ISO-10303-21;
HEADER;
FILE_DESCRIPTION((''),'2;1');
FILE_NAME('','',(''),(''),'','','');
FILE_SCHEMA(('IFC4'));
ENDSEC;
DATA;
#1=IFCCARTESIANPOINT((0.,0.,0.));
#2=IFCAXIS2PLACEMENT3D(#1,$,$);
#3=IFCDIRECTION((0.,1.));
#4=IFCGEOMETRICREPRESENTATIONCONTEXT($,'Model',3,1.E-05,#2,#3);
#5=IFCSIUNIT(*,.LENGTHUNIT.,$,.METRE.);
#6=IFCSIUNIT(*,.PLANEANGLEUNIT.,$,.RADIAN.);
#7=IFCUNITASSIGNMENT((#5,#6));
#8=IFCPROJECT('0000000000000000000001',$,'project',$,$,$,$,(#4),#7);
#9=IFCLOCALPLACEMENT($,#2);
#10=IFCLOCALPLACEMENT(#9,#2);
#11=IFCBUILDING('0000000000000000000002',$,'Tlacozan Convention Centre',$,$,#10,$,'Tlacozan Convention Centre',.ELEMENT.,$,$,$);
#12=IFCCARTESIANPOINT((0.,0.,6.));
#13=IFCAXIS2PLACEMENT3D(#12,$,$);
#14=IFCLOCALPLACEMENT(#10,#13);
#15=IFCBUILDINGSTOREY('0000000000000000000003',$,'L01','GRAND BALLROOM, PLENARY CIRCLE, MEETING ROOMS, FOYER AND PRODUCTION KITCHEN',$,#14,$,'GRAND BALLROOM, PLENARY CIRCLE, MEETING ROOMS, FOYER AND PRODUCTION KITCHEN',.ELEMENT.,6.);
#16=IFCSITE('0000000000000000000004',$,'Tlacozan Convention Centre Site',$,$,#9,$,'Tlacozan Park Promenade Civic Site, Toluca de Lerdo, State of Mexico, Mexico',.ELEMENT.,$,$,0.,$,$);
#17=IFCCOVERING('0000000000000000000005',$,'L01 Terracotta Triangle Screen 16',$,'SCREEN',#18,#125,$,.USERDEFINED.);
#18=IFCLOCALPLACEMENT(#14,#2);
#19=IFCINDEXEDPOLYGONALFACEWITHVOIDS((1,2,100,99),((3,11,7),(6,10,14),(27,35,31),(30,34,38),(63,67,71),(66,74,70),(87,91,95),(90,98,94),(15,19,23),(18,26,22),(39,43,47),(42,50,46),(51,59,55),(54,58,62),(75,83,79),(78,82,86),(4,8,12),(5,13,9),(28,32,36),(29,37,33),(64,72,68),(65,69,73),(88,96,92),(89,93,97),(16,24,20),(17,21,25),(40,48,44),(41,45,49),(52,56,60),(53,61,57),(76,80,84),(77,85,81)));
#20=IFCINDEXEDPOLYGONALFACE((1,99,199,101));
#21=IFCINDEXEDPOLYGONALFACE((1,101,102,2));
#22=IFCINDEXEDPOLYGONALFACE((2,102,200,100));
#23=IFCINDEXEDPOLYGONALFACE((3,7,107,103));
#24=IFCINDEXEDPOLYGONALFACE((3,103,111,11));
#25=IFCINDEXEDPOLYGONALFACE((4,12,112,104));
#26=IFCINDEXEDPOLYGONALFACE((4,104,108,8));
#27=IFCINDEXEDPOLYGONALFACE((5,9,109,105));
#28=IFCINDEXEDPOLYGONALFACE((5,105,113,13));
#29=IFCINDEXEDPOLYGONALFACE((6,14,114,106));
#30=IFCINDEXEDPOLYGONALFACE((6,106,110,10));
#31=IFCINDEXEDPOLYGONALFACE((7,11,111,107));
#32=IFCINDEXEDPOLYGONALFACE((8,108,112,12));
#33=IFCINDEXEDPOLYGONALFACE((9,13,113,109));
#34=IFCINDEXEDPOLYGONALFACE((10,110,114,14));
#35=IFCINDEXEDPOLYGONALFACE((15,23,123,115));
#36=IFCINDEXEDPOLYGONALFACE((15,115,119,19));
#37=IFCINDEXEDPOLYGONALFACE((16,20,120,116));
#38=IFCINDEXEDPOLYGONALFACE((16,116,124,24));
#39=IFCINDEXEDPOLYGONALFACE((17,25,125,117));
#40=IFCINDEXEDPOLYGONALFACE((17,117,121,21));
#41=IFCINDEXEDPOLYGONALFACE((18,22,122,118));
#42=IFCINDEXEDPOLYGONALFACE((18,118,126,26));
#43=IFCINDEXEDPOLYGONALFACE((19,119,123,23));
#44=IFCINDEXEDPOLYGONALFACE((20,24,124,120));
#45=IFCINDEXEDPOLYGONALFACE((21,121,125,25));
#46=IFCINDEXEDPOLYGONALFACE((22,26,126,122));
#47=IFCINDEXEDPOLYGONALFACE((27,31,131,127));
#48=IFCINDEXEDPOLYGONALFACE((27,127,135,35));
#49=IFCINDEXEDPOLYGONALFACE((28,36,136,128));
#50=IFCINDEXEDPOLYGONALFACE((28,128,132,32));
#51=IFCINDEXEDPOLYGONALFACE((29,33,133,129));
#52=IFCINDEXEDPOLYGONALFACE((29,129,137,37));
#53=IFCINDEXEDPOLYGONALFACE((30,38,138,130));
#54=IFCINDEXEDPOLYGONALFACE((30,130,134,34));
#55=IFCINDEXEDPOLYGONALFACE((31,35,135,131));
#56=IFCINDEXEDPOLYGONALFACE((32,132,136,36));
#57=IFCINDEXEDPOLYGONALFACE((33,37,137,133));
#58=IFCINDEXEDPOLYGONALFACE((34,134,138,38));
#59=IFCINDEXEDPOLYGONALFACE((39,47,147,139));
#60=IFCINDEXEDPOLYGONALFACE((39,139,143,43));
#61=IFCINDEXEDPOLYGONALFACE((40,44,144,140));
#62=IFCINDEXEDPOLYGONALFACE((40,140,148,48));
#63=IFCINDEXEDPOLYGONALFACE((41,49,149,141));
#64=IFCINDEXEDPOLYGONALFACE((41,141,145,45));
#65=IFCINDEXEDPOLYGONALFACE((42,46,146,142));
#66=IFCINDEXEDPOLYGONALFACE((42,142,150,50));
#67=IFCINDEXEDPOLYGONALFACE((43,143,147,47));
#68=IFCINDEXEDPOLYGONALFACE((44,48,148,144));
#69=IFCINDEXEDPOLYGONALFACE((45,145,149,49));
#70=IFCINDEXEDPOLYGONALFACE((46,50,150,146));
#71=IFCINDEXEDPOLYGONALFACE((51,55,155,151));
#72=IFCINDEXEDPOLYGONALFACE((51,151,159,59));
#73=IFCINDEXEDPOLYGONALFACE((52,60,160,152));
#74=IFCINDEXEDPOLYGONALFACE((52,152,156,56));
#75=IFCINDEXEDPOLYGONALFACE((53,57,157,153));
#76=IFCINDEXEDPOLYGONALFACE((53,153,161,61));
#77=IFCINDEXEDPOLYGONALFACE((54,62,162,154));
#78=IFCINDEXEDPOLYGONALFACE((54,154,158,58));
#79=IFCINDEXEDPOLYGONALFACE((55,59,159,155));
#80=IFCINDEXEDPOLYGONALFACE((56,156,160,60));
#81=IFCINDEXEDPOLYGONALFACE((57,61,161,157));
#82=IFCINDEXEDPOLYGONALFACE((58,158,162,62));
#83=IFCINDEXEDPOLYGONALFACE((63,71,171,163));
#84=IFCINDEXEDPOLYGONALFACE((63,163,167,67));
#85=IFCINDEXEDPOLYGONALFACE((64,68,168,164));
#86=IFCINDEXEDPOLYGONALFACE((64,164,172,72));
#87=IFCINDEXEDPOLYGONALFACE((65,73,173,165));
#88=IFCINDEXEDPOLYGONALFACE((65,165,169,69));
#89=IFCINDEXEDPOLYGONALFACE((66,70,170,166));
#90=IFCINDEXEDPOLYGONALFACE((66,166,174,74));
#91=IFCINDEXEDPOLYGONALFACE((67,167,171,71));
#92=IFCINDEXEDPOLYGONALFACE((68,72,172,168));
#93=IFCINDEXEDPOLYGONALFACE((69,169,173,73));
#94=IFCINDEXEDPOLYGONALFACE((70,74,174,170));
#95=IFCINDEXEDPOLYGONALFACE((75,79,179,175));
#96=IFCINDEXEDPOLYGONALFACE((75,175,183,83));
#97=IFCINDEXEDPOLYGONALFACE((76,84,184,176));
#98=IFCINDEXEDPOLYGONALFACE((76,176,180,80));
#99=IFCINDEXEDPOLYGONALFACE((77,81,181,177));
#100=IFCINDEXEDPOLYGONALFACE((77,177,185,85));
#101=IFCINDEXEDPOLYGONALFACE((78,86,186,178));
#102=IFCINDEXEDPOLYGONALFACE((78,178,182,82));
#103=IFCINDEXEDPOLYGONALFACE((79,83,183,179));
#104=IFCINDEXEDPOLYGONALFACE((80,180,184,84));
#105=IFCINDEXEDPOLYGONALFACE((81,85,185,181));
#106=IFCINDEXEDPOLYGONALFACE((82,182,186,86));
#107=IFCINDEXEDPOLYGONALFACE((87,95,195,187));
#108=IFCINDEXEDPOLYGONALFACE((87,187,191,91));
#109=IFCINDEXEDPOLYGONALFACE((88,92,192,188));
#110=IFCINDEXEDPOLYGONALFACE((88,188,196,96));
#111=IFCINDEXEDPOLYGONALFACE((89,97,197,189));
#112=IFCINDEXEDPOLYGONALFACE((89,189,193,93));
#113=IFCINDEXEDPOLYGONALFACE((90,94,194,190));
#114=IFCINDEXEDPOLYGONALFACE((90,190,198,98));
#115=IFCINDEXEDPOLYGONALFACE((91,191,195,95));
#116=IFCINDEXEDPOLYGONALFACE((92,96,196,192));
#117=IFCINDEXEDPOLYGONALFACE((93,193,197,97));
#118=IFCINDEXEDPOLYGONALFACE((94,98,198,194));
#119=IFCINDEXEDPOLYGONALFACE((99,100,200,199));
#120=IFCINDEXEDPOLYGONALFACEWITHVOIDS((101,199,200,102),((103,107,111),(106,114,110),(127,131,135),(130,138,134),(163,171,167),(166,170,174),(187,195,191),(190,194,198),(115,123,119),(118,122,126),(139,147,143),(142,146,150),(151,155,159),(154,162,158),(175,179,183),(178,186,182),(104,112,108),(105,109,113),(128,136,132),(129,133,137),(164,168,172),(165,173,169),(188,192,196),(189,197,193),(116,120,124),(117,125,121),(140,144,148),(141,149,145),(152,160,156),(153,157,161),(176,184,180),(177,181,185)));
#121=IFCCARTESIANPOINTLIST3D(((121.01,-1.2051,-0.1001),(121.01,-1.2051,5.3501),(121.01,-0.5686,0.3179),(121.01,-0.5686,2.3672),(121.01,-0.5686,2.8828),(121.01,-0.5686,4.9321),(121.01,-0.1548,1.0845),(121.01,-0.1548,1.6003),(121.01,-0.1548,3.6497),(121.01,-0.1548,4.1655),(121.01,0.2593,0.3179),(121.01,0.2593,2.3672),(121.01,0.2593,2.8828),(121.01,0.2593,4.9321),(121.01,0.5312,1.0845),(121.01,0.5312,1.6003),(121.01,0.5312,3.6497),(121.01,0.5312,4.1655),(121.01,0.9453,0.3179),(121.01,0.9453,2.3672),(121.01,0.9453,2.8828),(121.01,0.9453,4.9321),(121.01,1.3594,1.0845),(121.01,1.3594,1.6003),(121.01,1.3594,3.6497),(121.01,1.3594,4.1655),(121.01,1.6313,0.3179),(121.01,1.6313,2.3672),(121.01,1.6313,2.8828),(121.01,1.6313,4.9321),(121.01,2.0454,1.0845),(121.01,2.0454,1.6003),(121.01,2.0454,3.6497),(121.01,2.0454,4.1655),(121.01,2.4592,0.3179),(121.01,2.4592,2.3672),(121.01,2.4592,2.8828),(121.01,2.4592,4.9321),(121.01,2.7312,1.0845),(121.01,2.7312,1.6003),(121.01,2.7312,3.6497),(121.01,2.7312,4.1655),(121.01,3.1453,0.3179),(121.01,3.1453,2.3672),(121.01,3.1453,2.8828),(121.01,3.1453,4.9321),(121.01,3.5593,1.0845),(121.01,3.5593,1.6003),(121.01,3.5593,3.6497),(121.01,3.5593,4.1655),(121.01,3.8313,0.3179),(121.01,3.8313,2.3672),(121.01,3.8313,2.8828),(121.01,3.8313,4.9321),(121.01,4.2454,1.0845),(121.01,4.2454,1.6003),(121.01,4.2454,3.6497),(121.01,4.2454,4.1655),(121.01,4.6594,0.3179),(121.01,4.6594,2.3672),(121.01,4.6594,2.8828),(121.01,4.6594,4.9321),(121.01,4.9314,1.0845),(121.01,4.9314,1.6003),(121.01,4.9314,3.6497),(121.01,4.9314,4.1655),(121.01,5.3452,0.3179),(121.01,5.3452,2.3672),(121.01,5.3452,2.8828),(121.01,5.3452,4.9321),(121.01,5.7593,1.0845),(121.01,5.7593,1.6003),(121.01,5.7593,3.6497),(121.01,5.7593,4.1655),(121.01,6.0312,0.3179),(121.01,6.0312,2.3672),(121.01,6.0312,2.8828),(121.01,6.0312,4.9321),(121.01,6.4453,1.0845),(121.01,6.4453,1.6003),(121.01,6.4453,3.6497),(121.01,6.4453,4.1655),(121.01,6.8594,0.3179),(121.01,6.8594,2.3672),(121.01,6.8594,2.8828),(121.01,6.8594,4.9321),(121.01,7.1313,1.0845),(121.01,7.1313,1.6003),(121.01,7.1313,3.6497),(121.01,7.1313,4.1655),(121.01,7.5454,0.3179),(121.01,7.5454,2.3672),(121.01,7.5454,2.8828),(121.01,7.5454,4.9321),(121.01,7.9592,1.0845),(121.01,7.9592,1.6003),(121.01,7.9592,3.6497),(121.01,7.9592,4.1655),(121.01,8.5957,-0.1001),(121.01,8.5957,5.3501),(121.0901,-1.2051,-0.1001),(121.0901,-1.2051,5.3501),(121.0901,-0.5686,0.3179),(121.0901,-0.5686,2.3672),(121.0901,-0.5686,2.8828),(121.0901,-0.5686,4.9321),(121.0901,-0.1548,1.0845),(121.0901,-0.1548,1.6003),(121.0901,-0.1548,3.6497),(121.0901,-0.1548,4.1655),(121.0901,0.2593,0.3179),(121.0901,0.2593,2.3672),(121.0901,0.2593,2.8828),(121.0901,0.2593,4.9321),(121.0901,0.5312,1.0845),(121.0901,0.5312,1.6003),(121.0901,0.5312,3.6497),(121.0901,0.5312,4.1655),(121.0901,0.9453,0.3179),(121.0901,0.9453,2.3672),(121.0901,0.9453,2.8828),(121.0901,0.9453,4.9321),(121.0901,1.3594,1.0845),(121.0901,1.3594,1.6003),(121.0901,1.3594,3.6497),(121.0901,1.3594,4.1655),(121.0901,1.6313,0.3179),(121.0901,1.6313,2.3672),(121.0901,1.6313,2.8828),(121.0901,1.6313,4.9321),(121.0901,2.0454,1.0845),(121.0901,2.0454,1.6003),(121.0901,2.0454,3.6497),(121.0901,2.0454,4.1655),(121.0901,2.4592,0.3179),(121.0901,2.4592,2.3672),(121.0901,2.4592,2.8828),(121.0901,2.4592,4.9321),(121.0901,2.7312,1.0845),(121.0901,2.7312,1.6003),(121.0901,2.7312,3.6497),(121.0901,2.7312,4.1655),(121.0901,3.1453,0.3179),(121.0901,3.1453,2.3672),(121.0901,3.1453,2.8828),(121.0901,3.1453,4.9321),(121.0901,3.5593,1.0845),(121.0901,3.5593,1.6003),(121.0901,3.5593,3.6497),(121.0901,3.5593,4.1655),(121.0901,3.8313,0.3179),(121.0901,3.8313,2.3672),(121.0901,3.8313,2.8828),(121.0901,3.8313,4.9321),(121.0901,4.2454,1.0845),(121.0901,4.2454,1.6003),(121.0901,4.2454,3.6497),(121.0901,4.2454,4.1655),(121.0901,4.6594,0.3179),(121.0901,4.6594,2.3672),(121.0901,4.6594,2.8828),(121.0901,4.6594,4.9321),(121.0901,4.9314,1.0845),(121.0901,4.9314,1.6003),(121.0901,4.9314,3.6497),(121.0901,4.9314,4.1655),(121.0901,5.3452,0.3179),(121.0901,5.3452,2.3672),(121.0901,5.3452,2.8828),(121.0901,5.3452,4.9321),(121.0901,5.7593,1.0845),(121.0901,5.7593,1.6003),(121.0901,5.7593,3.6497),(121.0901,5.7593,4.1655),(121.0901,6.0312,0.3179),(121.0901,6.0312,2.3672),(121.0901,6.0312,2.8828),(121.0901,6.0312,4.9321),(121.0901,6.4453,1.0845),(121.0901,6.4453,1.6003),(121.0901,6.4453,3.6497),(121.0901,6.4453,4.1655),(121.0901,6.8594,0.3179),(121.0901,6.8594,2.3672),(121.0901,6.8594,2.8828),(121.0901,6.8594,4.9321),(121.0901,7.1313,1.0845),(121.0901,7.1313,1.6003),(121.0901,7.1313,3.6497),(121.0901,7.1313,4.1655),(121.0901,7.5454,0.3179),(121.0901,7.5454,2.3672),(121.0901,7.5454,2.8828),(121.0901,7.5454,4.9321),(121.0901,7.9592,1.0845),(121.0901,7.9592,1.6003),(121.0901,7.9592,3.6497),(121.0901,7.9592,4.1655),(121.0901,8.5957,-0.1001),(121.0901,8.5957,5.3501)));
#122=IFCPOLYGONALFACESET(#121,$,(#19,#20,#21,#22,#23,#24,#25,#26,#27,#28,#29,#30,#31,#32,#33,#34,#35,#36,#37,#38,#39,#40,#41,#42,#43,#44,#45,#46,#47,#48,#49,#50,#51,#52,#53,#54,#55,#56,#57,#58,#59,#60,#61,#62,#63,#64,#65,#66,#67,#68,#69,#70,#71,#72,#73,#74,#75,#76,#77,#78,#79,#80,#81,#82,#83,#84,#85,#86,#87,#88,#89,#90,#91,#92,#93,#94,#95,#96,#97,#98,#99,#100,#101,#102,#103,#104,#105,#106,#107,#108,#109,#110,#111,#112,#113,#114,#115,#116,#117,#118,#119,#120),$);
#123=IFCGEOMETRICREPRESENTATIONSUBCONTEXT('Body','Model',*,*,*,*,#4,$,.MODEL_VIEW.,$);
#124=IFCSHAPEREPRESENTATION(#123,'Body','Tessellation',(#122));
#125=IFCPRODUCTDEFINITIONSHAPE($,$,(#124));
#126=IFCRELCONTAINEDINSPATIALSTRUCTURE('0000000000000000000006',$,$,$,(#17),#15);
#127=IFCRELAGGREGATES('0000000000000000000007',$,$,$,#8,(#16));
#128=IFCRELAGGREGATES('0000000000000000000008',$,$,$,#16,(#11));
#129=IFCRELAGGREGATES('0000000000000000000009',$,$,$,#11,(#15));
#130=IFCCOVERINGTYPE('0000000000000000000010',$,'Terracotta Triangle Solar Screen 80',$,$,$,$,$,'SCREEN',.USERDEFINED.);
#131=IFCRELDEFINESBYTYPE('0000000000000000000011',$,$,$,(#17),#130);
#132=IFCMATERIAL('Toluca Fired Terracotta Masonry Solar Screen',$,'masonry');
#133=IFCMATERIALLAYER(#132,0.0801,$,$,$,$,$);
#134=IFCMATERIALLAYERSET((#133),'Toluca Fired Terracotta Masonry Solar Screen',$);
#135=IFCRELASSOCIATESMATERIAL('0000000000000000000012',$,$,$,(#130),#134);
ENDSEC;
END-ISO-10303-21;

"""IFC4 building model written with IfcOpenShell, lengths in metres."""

from ifc_helpers import new_model, si_unit, direction, frame, origin, place, context, subcontext, project, spatial, polyline, outline, extrude, material, layer, layer_set, type_object, element, save


model = new_model("IFC4")

# Units and contexts
model_context = context("Model", 3, precision=1e-05, world=origin(), true_north=direction((0.0, 1.0)))
body_context = subcontext(model_context, "Body", "Model", "MODEL_VIEW")
ifc_project = project(units=[si_unit("LENGTHUNIT", "METRE"), si_unit("PLANEANGLEUNIT", "RADIAN")], contexts=[model_context])

# Site, building, storey
site_placement = place(None, origin())
site = spatial("IfcSite", under=ifc_project, at=site_placement, Name="Tlacozan Convention Centre Site", LongName="Tlacozan Park Promenade Civic Site, Toluca de Lerdo, State of Mexico, Mexico", CompositionType="ELEMENT", RefElevation=0.0)
building_placement = place(site_placement, origin())
building = spatial("IfcBuilding", under=site, at=building_placement, Name="Tlacozan Convention Centre", LongName="Tlacozan Convention Centre", CompositionType="ELEMENT")
storey_placement = place(building_placement, frame((0.0, 0.0, 6.0)))
storey = spatial("IfcBuildingStorey", under=building, at=storey_placement, Name="L01", Description="GRAND BALLROOM, PLENARY CIRCLE, MEETING ROOMS, FOYER AND PRODUCTION KITCHEN", LongName="GRAND BALLROOM, PLENARY CIRCLE, MEETING ROOMS, FOYER AND PRODUCTION KITCHEN", CompositionType="ELEMENT", Elevation=6.0)

# Covering
ifc_material_1 = material(Name="Toluca Fired Terracotta Masonry Solar Screen", Category="masonry")
ifc_layer_1 = layer(ifc_material_1, 0.0801)
ifc_layer_set_1 = layer_set([ifc_layer_1], Name="Toluca Fired Terracotta Masonry Solar Screen")
covering_type = type_object("IfcCoveringType", Name="Terracotta Triangle Solar Screen 80", ElementType="SCREEN", PredefinedType="USERDEFINED", material=ifc_layer_set_1)
covering_1_placement = place(storey_placement, frame((121.05, -1.2051, -0.1001), z_axis=(0.0, 0.0, 1.0), x_axis=(0.0, 1.0, 0.0)))
element("IfcCovering", 1, at=covering_1_placement, inside=storey, type_object=covering_type, Name="L01 Terracotta Triangle Screen 16", ObjectType="SCREEN", PredefinedType="USERDEFINED", context=body_context, shape_type="SweptSolid", body=[
    extrude(outline(polyline([(0.0, 0.0), (9.8008, 0.0), (9.8008, 5.4502), (0.0, 5.4502), (0.0, 0.0)]), holes=[polyline([(0.6365, 0.418), (1.4644, 0.418), (1.0503, 1.1846), (0.6365, 0.418)]), polyline([(1.7363, 1.1846), (2.5645, 1.1846), (2.1504, 0.418), (1.7363, 1.1846)]), polyline([(2.8364, 0.418), (3.6643, 0.418), (3.2505, 1.1846), (2.8364, 0.418)]), polyline([(3.9363, 1.1846), (4.7644, 1.1846), (4.3503, 0.418), (3.9363, 1.1846)]), polyline([(5.0364, 0.418), (5.8645, 0.418), (5.4504, 1.1846), (5.0364, 0.418)]), polyline([(6.1365, 1.1846), (6.9644, 1.1846), (6.5503, 0.418), (6.1365, 1.1846)]), polyline([(7.2363, 0.418), (8.0645, 0.418), (7.6504, 1.1846), (7.2363, 0.418)]), polyline([(8.3364, 1.1846), (9.1643, 1.1846), (8.7505, 0.418), (8.3364, 1.1846)]), polyline([(0.6365, 2.4673), (1.4644, 2.4673), (1.0503, 1.7004), (0.6365, 2.4673)]), polyline([(1.7363, 1.7004), (2.5645, 1.7004), (2.1504, 2.4673), (1.7363, 1.7004)]), polyline([(2.8364, 2.4673), (3.6643, 2.4673), (3.2505, 1.7004), (2.8364, 2.4673)]), polyline([(3.9363, 1.7004), (4.7644, 1.7004), (4.3503, 2.4673), (3.9363, 1.7004)]), polyline([(5.0364, 2.4673), (5.8645, 2.4673), (5.4504, 1.7004), (5.0364, 2.4673)]), polyline([(6.1365, 1.7004), (6.9644, 1.7004), (6.5503, 2.4673), (6.1365, 1.7004)]), polyline([(7.2363, 2.4673), (8.0645, 2.4673), (7.6504, 1.7004), (7.2363, 2.4673)]), polyline([(8.3364, 1.7004), (9.1643, 1.7004), (8.7505, 2.4673), (8.3364, 1.7004)]), polyline([(0.6365, 2.9829), (1.4644, 2.9829), (1.0503, 3.7498), (0.6365, 2.9829)]), polyline([(1.7363, 3.7498), (2.5645, 3.7498), (2.1504, 2.9829), (1.7363, 3.7498)]), polyline([(2.8364, 2.9829), (3.6643, 2.9829), (3.2505, 3.7498), (2.8364, 2.9829)]), polyline([(3.9363, 3.7498), (4.7644, 3.7498), (4.3503, 2.9829), (3.9363, 3.7498)]), polyline([(5.0364, 2.9829), (5.8645, 2.9829), (5.4504, 3.7498), (5.0364, 2.9829)]), polyline([(6.1365, 3.7498), (6.9644, 3.7498), (6.5503, 2.9829), (6.1365, 3.7498)]), polyline([(7.2363, 2.9829), (8.0645, 2.9829), (7.6504, 3.7498), (7.2363, 2.9829)]), polyline([(8.3364, 3.7498), (9.1643, 3.7498), (8.7505, 2.9829), (8.3364, 3.7498)]), polyline([(0.6365, 5.0322), (1.4644, 5.0322), (1.0503, 4.2656), (0.6365, 5.0322)]), polyline([(1.7363, 4.2656), (2.5645, 4.2656), (2.1504, 5.0322), (1.7363, 4.2656)]), polyline([(2.8364, 5.0322), (3.6643, 5.0322), (3.2505, 4.2656), (2.8364, 5.0322)]), polyline([(3.9363, 4.2656), (4.7644, 4.2656), (4.3503, 5.0322), (3.9363, 4.2656)]), polyline([(5.0364, 5.0322), (5.8645, 5.0322), (5.4504, 4.2656), (5.0364, 5.0322)]), polyline([(6.1365, 4.2656), (6.9644, 4.2656), (6.5503, 5.0322), (6.1365, 4.2656)]), polyline([(7.2363, 5.0322), (8.0645, 5.0322), (7.6504, 4.2656), (7.2363, 5.0322)]), polyline([(8.3364, 4.2656), (9.1643, 4.2656), (8.7505, 5.0322), (8.3364, 4.2656)])]), frame((0.0, 0.04, 0.0), z_axis=(0.0, -1.0, 0.0), x_axis=(1.0, 0.0, 0.0)), (0.0, 0.0, 1.0), 0.0801),
])

save(model, "model.ifc")
